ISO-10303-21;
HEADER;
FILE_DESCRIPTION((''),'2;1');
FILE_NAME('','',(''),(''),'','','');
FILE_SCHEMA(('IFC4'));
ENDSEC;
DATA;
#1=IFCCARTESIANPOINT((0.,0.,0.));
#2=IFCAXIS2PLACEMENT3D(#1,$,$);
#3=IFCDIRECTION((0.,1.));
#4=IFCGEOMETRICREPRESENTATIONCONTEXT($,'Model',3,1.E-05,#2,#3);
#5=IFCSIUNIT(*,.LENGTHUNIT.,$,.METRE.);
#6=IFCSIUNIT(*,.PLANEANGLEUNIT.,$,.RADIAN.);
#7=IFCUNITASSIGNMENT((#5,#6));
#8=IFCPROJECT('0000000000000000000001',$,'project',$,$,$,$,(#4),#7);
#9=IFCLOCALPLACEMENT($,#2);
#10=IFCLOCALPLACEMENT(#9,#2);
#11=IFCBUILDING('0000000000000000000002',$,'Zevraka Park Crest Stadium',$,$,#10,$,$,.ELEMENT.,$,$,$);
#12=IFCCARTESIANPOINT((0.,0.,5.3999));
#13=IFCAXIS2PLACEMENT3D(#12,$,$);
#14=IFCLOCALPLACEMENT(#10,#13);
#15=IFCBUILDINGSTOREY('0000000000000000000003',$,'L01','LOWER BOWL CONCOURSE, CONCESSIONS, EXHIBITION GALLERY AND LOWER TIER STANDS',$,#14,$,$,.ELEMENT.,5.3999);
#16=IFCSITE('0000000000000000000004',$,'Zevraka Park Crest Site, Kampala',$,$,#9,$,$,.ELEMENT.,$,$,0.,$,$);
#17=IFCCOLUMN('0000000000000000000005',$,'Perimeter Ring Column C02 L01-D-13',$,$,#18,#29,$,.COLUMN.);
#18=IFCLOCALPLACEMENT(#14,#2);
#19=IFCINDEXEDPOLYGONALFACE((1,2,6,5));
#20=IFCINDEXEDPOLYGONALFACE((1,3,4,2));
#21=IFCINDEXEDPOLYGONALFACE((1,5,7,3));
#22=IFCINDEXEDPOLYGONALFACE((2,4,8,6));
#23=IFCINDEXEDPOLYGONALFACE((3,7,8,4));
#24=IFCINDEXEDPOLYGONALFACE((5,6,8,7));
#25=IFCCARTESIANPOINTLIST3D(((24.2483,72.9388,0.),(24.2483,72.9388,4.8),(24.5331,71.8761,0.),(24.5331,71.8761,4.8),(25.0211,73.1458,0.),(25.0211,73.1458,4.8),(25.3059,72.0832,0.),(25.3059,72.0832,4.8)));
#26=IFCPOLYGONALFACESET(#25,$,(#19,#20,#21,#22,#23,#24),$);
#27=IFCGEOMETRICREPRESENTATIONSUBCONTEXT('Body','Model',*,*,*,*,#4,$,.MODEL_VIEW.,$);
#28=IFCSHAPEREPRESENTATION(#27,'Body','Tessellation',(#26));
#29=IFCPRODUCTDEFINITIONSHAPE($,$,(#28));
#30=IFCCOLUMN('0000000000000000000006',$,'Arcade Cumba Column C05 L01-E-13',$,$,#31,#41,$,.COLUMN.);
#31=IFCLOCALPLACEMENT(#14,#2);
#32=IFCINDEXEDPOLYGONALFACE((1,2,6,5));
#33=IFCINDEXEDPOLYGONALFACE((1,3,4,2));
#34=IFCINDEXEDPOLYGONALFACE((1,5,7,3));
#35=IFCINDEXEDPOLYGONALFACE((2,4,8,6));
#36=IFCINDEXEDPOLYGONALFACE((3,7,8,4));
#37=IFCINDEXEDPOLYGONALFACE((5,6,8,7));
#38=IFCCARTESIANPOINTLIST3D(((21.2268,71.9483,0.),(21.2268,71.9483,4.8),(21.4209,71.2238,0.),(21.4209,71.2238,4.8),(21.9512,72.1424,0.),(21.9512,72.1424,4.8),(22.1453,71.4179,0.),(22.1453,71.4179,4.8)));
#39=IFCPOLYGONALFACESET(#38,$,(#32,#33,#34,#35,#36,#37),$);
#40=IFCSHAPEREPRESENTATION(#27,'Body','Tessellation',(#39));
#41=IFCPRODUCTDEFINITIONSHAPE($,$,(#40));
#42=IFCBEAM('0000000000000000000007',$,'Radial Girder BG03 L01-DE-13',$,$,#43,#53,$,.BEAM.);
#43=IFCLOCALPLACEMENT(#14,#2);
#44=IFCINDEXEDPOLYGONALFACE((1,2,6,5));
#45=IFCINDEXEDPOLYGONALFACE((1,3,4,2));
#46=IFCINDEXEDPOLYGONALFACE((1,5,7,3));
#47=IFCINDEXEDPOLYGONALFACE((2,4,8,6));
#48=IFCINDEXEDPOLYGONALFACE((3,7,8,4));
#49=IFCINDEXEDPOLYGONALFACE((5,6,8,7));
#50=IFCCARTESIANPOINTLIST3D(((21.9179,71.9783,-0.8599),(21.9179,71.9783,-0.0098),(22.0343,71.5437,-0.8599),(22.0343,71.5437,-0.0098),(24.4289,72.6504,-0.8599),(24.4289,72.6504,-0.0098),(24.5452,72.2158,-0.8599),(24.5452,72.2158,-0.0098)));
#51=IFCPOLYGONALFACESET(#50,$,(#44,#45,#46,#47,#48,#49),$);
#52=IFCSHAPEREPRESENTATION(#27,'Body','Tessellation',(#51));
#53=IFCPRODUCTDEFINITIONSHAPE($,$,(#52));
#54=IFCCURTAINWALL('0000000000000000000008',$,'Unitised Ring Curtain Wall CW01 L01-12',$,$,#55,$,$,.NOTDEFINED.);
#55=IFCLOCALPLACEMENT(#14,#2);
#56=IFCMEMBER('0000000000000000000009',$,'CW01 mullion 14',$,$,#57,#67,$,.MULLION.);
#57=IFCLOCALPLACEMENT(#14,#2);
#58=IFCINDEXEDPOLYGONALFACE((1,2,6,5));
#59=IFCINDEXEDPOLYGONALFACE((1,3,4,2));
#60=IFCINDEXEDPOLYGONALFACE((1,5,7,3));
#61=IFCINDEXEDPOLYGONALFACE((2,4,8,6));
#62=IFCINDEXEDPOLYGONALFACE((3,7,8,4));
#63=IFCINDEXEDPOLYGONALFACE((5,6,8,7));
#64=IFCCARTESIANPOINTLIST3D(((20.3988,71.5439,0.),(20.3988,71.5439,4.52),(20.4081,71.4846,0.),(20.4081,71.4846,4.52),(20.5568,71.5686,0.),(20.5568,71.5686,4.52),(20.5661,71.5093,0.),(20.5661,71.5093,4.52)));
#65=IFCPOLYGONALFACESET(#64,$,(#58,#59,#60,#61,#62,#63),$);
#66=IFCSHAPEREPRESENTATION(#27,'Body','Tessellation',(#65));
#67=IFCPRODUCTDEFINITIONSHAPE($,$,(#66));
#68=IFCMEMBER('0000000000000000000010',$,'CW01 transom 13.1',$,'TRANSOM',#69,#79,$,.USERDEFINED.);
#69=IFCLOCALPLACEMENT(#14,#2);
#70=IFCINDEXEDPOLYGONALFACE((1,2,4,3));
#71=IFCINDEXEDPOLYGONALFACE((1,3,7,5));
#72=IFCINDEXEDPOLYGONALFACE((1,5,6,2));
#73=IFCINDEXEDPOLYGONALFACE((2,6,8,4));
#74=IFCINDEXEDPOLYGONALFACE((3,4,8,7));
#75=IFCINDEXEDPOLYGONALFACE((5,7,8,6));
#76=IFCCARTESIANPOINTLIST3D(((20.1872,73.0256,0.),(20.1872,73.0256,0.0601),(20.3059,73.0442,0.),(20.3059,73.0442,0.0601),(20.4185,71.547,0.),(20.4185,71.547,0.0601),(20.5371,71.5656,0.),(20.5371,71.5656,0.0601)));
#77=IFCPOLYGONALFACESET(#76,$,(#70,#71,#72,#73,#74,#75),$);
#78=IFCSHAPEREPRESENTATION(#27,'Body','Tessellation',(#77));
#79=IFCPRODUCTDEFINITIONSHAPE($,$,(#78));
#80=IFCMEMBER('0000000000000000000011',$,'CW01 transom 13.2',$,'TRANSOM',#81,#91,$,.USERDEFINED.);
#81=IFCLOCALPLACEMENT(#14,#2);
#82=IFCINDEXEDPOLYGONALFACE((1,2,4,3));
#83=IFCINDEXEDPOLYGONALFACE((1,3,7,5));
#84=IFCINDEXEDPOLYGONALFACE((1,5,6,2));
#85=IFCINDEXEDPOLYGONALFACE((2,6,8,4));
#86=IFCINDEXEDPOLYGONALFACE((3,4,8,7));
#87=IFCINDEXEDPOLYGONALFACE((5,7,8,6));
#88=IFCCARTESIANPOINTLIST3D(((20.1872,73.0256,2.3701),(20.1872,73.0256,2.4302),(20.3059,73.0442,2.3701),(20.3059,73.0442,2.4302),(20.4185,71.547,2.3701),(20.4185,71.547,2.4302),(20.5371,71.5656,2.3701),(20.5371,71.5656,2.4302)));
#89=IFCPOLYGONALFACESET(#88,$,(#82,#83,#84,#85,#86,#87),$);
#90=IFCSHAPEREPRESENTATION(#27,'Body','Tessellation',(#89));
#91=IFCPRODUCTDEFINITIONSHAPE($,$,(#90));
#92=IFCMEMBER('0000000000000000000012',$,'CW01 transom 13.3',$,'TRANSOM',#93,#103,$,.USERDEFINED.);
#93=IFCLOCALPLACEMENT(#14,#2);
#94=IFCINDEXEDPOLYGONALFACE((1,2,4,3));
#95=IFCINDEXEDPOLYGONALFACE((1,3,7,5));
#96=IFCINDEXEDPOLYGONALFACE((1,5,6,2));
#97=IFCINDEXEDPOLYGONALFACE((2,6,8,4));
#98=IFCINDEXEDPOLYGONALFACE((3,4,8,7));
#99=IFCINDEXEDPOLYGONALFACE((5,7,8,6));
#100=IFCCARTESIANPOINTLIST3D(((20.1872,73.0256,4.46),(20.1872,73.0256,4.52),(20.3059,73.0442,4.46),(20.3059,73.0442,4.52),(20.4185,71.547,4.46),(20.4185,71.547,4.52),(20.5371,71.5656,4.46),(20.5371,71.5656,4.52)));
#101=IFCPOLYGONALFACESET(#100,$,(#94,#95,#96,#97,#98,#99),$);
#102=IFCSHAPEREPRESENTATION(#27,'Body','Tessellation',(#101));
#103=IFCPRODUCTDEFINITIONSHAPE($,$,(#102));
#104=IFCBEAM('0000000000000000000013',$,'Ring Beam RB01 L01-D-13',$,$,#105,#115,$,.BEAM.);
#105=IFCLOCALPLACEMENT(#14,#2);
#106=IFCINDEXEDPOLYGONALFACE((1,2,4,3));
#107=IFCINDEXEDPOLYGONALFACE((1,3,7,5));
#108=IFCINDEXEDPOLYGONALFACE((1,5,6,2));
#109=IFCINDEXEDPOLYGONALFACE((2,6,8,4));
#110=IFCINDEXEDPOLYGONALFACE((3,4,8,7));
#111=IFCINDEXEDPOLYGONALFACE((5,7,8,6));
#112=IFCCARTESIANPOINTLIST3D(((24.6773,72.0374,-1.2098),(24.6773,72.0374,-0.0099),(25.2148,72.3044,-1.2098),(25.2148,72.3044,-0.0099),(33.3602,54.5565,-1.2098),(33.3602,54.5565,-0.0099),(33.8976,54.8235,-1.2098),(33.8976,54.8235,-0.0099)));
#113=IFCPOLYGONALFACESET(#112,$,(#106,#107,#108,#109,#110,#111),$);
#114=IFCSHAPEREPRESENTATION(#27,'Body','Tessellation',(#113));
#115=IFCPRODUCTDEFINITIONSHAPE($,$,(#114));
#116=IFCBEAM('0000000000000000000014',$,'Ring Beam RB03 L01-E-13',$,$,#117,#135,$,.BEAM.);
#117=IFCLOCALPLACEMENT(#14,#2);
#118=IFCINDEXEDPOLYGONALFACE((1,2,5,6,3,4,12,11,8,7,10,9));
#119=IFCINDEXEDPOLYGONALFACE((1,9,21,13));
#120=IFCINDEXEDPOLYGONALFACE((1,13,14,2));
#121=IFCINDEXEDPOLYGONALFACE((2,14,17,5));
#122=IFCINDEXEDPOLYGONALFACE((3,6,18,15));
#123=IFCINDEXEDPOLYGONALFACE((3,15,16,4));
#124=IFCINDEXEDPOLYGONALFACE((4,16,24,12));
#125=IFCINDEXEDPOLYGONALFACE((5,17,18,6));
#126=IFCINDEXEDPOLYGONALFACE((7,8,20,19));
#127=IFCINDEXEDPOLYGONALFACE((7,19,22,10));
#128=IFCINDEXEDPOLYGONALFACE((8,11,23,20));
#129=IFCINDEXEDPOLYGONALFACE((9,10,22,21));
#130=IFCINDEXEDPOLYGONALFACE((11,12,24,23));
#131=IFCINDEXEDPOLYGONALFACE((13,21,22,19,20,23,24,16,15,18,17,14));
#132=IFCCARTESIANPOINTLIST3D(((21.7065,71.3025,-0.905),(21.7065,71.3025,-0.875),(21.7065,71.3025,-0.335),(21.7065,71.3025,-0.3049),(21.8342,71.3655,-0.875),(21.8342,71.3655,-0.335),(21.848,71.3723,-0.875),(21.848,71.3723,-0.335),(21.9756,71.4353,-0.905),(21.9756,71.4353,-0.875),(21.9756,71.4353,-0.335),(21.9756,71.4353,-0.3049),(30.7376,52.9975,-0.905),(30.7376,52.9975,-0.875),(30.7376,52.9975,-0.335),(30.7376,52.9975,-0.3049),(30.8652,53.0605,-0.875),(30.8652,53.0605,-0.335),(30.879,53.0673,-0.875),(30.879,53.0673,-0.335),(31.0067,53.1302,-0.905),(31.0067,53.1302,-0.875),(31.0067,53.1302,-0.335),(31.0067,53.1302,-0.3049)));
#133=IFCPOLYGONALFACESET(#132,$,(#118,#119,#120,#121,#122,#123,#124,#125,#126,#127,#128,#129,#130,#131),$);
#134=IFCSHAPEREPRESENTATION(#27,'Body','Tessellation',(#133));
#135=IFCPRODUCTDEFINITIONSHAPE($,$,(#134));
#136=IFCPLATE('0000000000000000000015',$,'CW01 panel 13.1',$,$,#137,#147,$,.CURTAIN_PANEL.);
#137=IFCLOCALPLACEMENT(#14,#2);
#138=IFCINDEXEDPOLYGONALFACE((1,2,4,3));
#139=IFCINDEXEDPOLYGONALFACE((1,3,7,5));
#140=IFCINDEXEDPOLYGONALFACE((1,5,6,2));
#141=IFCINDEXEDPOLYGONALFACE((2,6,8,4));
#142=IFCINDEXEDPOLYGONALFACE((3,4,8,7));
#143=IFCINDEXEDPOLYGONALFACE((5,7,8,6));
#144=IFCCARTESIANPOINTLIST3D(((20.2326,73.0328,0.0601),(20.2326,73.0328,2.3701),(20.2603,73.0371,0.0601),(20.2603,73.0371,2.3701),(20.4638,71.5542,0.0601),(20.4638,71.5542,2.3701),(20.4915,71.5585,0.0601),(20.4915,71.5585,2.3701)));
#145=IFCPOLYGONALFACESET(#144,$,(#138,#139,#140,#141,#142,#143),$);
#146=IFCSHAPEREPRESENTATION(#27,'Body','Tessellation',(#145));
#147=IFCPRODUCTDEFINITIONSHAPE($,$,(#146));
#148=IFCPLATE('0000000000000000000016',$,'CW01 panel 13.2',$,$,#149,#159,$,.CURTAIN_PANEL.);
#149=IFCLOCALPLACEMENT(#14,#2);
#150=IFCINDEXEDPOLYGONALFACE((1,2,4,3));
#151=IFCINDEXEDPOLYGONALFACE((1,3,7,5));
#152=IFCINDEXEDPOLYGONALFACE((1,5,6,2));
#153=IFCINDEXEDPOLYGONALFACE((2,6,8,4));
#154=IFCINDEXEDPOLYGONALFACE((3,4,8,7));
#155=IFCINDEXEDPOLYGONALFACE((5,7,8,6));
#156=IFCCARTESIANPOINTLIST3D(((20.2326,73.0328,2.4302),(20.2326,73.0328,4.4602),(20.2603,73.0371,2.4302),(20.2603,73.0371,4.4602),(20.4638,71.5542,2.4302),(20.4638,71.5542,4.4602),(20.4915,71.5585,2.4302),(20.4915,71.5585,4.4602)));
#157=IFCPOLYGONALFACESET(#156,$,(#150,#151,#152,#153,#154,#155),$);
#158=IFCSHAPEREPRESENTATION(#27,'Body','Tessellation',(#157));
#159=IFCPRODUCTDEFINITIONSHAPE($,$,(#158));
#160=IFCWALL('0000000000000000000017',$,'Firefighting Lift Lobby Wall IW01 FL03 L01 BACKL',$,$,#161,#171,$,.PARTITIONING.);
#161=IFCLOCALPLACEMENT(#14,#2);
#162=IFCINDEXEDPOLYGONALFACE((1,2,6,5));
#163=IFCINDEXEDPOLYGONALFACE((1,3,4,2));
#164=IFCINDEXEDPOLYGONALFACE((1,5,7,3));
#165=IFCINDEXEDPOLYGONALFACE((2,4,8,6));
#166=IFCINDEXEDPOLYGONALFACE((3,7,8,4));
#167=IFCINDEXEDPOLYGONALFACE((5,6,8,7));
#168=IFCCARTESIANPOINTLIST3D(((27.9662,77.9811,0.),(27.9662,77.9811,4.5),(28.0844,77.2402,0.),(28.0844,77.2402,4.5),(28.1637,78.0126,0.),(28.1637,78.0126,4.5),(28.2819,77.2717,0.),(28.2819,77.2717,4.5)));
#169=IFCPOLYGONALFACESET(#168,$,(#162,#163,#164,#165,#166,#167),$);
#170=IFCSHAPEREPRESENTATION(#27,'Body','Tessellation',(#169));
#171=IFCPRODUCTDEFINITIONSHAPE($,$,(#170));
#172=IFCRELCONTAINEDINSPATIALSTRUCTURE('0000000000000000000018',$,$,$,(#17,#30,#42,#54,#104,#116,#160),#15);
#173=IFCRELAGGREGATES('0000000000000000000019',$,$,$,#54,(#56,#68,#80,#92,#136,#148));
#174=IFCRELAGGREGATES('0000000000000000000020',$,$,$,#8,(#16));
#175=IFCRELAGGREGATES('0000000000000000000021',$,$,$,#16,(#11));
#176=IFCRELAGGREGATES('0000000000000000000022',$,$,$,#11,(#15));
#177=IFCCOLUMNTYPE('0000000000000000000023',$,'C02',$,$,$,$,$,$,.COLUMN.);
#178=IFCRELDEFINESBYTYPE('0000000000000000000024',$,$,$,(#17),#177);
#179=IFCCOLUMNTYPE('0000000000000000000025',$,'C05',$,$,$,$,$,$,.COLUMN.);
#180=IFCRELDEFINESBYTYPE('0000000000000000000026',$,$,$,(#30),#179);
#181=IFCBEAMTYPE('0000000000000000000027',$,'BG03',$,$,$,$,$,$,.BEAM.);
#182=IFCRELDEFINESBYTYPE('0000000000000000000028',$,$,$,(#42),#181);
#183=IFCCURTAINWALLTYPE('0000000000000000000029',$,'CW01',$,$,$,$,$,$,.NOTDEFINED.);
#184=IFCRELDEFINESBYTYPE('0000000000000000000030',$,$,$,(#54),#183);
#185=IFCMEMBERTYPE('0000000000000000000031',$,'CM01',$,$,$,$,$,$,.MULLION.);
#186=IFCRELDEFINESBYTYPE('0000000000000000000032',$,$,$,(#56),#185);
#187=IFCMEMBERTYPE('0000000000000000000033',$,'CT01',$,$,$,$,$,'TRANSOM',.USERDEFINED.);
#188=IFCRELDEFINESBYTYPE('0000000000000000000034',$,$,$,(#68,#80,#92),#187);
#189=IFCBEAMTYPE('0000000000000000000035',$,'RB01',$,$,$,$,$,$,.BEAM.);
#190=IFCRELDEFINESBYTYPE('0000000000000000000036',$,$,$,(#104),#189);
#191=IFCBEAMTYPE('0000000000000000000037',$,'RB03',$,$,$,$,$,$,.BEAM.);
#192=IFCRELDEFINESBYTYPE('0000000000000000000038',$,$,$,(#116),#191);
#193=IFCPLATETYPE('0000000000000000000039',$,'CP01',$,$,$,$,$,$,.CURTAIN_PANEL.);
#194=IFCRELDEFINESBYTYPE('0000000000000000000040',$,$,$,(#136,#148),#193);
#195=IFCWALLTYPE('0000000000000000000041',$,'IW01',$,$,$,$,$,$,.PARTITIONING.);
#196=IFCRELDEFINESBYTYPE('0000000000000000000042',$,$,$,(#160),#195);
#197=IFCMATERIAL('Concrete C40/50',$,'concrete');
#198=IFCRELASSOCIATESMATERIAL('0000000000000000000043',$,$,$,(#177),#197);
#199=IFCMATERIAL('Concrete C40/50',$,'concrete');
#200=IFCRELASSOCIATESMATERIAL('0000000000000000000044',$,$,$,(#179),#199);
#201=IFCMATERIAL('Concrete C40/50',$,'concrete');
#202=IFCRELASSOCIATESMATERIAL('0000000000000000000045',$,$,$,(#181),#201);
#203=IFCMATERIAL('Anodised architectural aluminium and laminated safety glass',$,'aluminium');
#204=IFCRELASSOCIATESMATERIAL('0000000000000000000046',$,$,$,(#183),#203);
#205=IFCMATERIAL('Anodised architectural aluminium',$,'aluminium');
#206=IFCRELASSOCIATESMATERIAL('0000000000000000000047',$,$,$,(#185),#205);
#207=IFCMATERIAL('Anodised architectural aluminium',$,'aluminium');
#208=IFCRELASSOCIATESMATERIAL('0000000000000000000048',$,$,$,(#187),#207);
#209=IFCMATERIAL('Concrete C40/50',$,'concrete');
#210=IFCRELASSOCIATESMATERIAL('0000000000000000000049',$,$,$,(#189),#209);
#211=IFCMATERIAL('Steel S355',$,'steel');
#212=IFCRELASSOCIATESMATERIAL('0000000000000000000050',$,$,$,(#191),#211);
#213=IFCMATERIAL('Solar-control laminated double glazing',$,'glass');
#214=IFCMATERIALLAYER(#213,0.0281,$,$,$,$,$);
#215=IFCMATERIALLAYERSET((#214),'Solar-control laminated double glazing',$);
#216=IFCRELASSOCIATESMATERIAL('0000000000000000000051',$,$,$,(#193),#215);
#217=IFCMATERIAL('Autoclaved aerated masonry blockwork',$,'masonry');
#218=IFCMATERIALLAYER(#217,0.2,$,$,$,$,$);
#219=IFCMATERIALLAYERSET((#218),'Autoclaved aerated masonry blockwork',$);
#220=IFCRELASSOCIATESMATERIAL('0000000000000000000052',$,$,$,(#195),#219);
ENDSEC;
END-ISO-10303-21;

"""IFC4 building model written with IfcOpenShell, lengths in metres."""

from ifc_helpers import new_model, si_unit, direction, frame, frame_2d, origin, origin_2d, place, context, subcontext, project, spatial, rectangle, i_section, extrude, material, layer, layer_set, material_profile, profile_set, type_object, element, aggregate, save


model = new_model("IFC4")

# Units and contexts
model_context = context("Model", 3, precision=1e-05, world=origin(), true_north=direction((0.0, 1.0)))
body_context = subcontext(model_context, "Body", "Model", "MODEL_VIEW")
ifc_project = project(units=[si_unit("LENGTHUNIT", "METRE"), si_unit("PLANEANGLEUNIT", "RADIAN")], contexts=[model_context])

# Site, building, storey
site_placement = place(None, origin())
site = spatial("IfcSite", under=ifc_project, at=site_placement, Name="Zevraka Park Crest Site, Kampala", CompositionType="ELEMENT", RefElevation=0.0)
building_placement = place(site_placement, origin())
building = spatial("IfcBuilding", under=site, at=building_placement, Name="Zevraka Park Crest Stadium", CompositionType="ELEMENT")
storey_placement = place(building_placement, frame((0.0, 0.0, 5.3999)))
storey = spatial("IfcBuildingStorey", under=building, at=storey_placement, Name="L01", Description="LOWER BOWL CONCOURSE, CONCESSIONS, EXHIBITION GALLERY AND LOWER TIER STANDS", CompositionType="ELEMENT", Elevation=5.3999)

# Columns
ifc_material_1 = material(Name="Concrete C40/50", Category="concrete")
ifc_material_profile_1 = material_profile(ifc_material_1, rectangle(XDim=0.8, YDim=1.1001, at=origin_2d()), Name="RC 1100x800")
ifc_profile_set_1 = profile_set([ifc_material_profile_1], Name="Concrete C40/50")
column_type_1 = type_object("IfcColumnType", Name="C02", PredefinedType="COLUMN", material=ifc_profile_set_1)
column_1_placement = place(storey_placement, frame((24.7771, 72.511, 0.0), z_axis=(0.0, 0.0, 1.0), x_axis=(0.965926, 0.258819, 0.0)))
element("IfcColumn", 1, at=column_1_placement, inside=storey, type_object=column_type_1, Name="Perimeter Ring Column C02 L01-D-13", PredefinedType="COLUMN", context=body_context, shape_type="SweptSolid", body=[
    extrude(rectangle(XDim=0.8, YDim=1.1001, at=origin_2d()), origin(), (0.0, 0.0, 1.0), 4.8),
])
ifc_material_2 = material(Name="Concrete C40/50", Category="concrete")
ifc_material_profile_2 = material_profile(ifc_material_2, rectangle(XDim=0.75, YDim=0.75, at=origin_2d()), Name="RC 750x750")
ifc_profile_set_2 = profile_set([ifc_material_profile_2], Name="Concrete C40/50")
column_type_2 = type_object("IfcColumnType", Name="C05", PredefinedType="COLUMN", material=ifc_profile_set_2)
column_2_placement = place(storey_placement, frame((21.686, 71.6831, 0.0), z_axis=(0.0, 0.0, 1.0), x_axis=(0.965926, 0.258819, 0.0)))
element("IfcColumn", 2, at=column_2_placement, inside=storey, type_object=column_type_2, Name="Arcade Cumba Column C05 L01-E-13", PredefinedType="COLUMN", context=body_context, shape_type="SweptSolid", body=[
    extrude(rectangle(XDim=0.75, YDim=0.75, at=origin_2d()), origin(), (0.0, 0.0, 1.0), 4.8),
])

# Beam
ifc_material_3 = material(Name="Concrete C40/50", Category="concrete")
ifc_material_profile_3 = material_profile(ifc_material_3, rectangle(XDim=0.45, YDim=0.8501, at=origin_2d()), Name="RC 850x450")
ifc_profile_set_3 = profile_set([ifc_material_profile_3], Name="Concrete C40/50")
beam_type_1 = type_object("IfcBeamType", Name="BG03", PredefinedType="BEAM", material=ifc_profile_set_3)
beam_1_placement = place(storey_placement, frame((24.4871, 72.4331, -0.4348), z_axis=(-0.965993, -0.258569, 0.0), x_axis=(0.258569, -0.965993, 0.0)))
element("IfcBeam", 3, at=beam_1_placement, inside=storey, type_object=beam_type_1, Name="Radial Girder BG03 L01-DE-13", PredefinedType="BEAM", context=body_context, shape_type="SweptSolid", body=[
    extrude(rectangle(XDim=0.45, YDim=0.8501, at=origin_2d()), origin(), (0.0, 0.0, 1.0), 2.5994),
])

# Curtain wall, members
ifc_material_4 = material(Name="Anodised architectural aluminium and laminated safety glass", Category="aluminium")
curtain_wall_type = type_object("IfcCurtainWallType", Name="CW01", PredefinedType="NOTDEFINED", material=ifc_material_4)
curtain_wall_placement = place(storey_placement, origin())
curtain_wall = element("IfcCurtainWall", 4, at=curtain_wall_placement, inside=storey, type_object=curtain_wall_type, Name="Unitised Ring Curtain Wall CW01 L01-12", PredefinedType="NOTDEFINED")
ifc_material_5 = material(Name="Anodised architectural aluminium", Category="aluminium")
ifc_material_profile_4 = material_profile(ifc_material_5, rectangle(XDim=0.1599, YDim=0.0601, at=origin_2d()), Name="ALU MULLION 160x60")
ifc_profile_set_4 = profile_set([ifc_material_profile_4], Name="Anodised architectural aluminium")
member_type_1 = type_object("IfcMemberType", Name="CM01", PredefinedType="MULLION", material=ifc_profile_set_4)
member_1_placement = place(storey_placement, frame((20.4824, 71.5266, 0.0), z_axis=(0.0, 0.0, 1.0), x_axis=(0.987997, 0.154476, 0.0)))
member_1 = element("IfcMember", 5, at=member_1_placement, type_object=member_type_1, Name="CW01 mullion 14", PredefinedType="MULLION", context=body_context, shape_type="SweptSolid", body=[
    extrude(rectangle(XDim=0.1599, YDim=0.0601, at=origin_2d()), origin(), (0.0, 0.0, 1.0), 4.52),
])
ifc_material_6 = material(Name="Anodised architectural aluminium", Category="aluminium")
ifc_material_profile_5 = material_profile(ifc_material_6, rectangle(XDim=0.1201, YDim=0.0601, at=origin_2d()), Name="ALU TRANSOM 120x60")
ifc_profile_set_5 = profile_set([ifc_material_profile_5], Name="Anodised architectural aluminium")
member_type_2 = type_object("IfcMemberType", Name="CT01", ElementType="TRANSOM", PredefinedType="USERDEFINED", material=ifc_profile_set_5)
member_2_placement = place(storey_placement, frame((20.2466, 73.0349, 0.03), z_axis=(0.154496, -0.987993, 0.0), x_axis=(0.987993, 0.154496, 0.0)))
member_2 = element("IfcMember", 6, at=member_2_placement, type_object=member_type_2, Name="CW01 transom 13.1", ObjectType="TRANSOM", PredefinedType="USERDEFINED", context=body_context, shape_type="SweptSolid", body=[
    extrude(rectangle(XDim=0.1201, YDim=0.0601, at=origin_2d()), origin(), (0.0, 0.0, 1.0), 1.4966),
])
member_3_placement = place(storey_placement, frame((20.2466, 73.0349, 2.4001), z_axis=(0.154496, -0.987993, 0.0), x_axis=(0.987993, 0.154496, 0.0)))
member_3 = element("IfcMember", 7, at=member_3_placement, type_object=member_type_2, Name="CW01 transom 13.2", ObjectType="TRANSOM", PredefinedType="USERDEFINED", context=body_context, shape_type="SweptSolid", body=[
    extrude(rectangle(XDim=0.1201, YDim=0.0601, at=origin_2d()), origin(), (0.0, 0.0, 1.0), 1.4966),
])
member_4_placement = place(storey_placement, frame((20.2466, 73.0349, 4.49), z_axis=(0.154496, -0.987993, 0.0), x_axis=(0.987993, 0.154496, 0.0)))
member_4 = element("IfcMember", 8, at=member_4_placement, type_object=member_type_2, Name="CW01 transom 13.3", ObjectType="TRANSOM", PredefinedType="USERDEFINED", context=body_context, shape_type="SweptSolid", body=[
    extrude(rectangle(XDim=0.1201, YDim=0.0601, at=origin_2d()), origin(), (0.0, 0.0, 1.0), 1.4966),
])

# Beams
ifc_material_7 = material(Name="Concrete C40/50", Category="concrete")
ifc_material_profile_6 = material_profile(ifc_material_7, rectangle(XDim=0.6001, YDim=1.2, at=origin_2d()), Name="RC 1200x600")
ifc_profile_set_6 = profile_set([ifc_material_profile_6], Name="Concrete C40/50")
beam_type_2 = type_object("IfcBeamType", Name="RB01", PredefinedType="BEAM", material=ifc_profile_set_6)
beam_2_placement = place(storey_placement, frame((24.946, 72.1709, -0.6099), z_axis=(0.444851, -0.895605, 0.0), x_axis=(0.895605, 0.444851, 0.0)))
element("IfcBeam", 9, at=beam_2_placement, inside=storey, type_object=beam_type_2, Name="Ring Beam RB01 L01-D-13", PredefinedType="BEAM", context=body_context, shape_type="SweptSolid", body=[
    extrude(rectangle(XDim=0.6001, YDim=1.2, at=origin_2d()), origin(), (0.0, 0.0, 1.0), 19.5186),
])
ifc_material_8 = material(Name="Steel S355", Category="steel")
ifc_material_profile_7 = material_profile(ifc_material_8, i_section(OverallWidth=0.3, OverallDepth=0.6001, WebThickness=0.0154, FlangeThickness=0.03, at=origin_2d()), Name="HEB 600")
ifc_profile_set_7 = profile_set([ifc_material_profile_7], Name="Steel S355")
beam_type_3 = type_object("IfcBeamType", Name="RB03", PredefinedType="BEAM", material=ifc_profile_set_7)
beam_3_placement = place(storey_placement, frame((21.8411, 71.3689, -0.605), z_axis=(0.442447, -0.896795, 0.0), x_axis=(0.896795, 0.442447, 0.0)))
element("IfcBeam", 10, at=beam_3_placement, inside=storey, type_object=beam_type_3, Name="Ring Beam RB03 L01-E-13", PredefinedType="BEAM", context=body_context, shape_type="SweptSolid", body=[
    extrude(i_section(OverallWidth=0.3, OverallDepth=0.6001, WebThickness=0.0154, FlangeThickness=0.03, at=origin_2d()), origin(), (0.0, 0.0, 1.0), 20.4116),
])

# Plates
ifc_material_9 = material(Name="Solar-control laminated double glazing", Category="glass")
ifc_layer_1 = layer(ifc_material_9, 0.0281)
ifc_layer_set_1 = layer_set([ifc_layer_1], Name="Solar-control laminated double glazing")
plate_type = type_object("IfcPlateType", Name="CP01", PredefinedType="CURTAIN_PANEL", material=ifc_layer_set_1)
plate_1_placement = place(storey_placement, frame((20.3621, 72.2957, 0.0601), z_axis=(0.0, 0.0, 1.0), x_axis=(0.154476, -0.987997, 0.0)))
plate_1 = element("IfcPlate", 11, at=plate_1_placement, type_object=plate_type, Name="CW01 panel 13.1", PredefinedType="CURTAIN_PANEL", context=body_context, shape_type="SweptSolid", body=[
    extrude(rectangle(XDim=1.4966, YDim=0.0281, at=origin_2d()), origin(), (0.0, 0.0, 1.0), 2.3101),
])
plate_2_placement = place(storey_placement, frame((20.3621, 72.2957, 2.4302), z_axis=(0.0, 0.0, 1.0), x_axis=(0.154476, -0.987997, 0.0)))
plate_2 = element("IfcPlate", 12, at=plate_2_placement, type_object=plate_type, Name="CW01 panel 13.2", PredefinedType="CURTAIN_PANEL", context=body_context, shape_type="SweptSolid", body=[
    extrude(rectangle(XDim=1.4966, YDim=0.0281, at=origin_2d()), origin(), (0.0, 0.0, 1.0), 2.03),
])
aggregate(curtain_wall, [member_1, member_2, member_3, member_4, plate_1, plate_2])

# Wall
ifc_material_10 = material(Name="Autoclaved aerated masonry blockwork", Category="masonry")
ifc_layer_2 = layer(ifc_material_10, 0.2)
ifc_layer_set_2 = layer_set([ifc_layer_2], Name="Autoclaved aerated masonry blockwork")
wall_type_1 = type_object("IfcWallType", Name="IW01", PredefinedType="PARTITIONING", material=ifc_layer_set_2)
wall_1_placement = place(storey_placement, frame((28.1831, 77.2561, 0.0), z_axis=(0.0, 0.0, 1.0), x_axis=(-0.157483, 0.987522, 0.0)))
element("IfcWall", 13, at=wall_1_placement, inside=storey, type_object=wall_type_1, Name="Firefighting Lift Lobby Wall IW01 FL03 L01 BACKL", PredefinedType="PARTITIONING", context=body_context, shape_type="SweptSolid", body=[
    extrude(rectangle(XDim=0.7502, YDim=0.2, at=frame_2d((0.375, 0.0))), origin(), (0.0, 0.0, 1.0), 4.5),
])

save(model, "model.ifc")
